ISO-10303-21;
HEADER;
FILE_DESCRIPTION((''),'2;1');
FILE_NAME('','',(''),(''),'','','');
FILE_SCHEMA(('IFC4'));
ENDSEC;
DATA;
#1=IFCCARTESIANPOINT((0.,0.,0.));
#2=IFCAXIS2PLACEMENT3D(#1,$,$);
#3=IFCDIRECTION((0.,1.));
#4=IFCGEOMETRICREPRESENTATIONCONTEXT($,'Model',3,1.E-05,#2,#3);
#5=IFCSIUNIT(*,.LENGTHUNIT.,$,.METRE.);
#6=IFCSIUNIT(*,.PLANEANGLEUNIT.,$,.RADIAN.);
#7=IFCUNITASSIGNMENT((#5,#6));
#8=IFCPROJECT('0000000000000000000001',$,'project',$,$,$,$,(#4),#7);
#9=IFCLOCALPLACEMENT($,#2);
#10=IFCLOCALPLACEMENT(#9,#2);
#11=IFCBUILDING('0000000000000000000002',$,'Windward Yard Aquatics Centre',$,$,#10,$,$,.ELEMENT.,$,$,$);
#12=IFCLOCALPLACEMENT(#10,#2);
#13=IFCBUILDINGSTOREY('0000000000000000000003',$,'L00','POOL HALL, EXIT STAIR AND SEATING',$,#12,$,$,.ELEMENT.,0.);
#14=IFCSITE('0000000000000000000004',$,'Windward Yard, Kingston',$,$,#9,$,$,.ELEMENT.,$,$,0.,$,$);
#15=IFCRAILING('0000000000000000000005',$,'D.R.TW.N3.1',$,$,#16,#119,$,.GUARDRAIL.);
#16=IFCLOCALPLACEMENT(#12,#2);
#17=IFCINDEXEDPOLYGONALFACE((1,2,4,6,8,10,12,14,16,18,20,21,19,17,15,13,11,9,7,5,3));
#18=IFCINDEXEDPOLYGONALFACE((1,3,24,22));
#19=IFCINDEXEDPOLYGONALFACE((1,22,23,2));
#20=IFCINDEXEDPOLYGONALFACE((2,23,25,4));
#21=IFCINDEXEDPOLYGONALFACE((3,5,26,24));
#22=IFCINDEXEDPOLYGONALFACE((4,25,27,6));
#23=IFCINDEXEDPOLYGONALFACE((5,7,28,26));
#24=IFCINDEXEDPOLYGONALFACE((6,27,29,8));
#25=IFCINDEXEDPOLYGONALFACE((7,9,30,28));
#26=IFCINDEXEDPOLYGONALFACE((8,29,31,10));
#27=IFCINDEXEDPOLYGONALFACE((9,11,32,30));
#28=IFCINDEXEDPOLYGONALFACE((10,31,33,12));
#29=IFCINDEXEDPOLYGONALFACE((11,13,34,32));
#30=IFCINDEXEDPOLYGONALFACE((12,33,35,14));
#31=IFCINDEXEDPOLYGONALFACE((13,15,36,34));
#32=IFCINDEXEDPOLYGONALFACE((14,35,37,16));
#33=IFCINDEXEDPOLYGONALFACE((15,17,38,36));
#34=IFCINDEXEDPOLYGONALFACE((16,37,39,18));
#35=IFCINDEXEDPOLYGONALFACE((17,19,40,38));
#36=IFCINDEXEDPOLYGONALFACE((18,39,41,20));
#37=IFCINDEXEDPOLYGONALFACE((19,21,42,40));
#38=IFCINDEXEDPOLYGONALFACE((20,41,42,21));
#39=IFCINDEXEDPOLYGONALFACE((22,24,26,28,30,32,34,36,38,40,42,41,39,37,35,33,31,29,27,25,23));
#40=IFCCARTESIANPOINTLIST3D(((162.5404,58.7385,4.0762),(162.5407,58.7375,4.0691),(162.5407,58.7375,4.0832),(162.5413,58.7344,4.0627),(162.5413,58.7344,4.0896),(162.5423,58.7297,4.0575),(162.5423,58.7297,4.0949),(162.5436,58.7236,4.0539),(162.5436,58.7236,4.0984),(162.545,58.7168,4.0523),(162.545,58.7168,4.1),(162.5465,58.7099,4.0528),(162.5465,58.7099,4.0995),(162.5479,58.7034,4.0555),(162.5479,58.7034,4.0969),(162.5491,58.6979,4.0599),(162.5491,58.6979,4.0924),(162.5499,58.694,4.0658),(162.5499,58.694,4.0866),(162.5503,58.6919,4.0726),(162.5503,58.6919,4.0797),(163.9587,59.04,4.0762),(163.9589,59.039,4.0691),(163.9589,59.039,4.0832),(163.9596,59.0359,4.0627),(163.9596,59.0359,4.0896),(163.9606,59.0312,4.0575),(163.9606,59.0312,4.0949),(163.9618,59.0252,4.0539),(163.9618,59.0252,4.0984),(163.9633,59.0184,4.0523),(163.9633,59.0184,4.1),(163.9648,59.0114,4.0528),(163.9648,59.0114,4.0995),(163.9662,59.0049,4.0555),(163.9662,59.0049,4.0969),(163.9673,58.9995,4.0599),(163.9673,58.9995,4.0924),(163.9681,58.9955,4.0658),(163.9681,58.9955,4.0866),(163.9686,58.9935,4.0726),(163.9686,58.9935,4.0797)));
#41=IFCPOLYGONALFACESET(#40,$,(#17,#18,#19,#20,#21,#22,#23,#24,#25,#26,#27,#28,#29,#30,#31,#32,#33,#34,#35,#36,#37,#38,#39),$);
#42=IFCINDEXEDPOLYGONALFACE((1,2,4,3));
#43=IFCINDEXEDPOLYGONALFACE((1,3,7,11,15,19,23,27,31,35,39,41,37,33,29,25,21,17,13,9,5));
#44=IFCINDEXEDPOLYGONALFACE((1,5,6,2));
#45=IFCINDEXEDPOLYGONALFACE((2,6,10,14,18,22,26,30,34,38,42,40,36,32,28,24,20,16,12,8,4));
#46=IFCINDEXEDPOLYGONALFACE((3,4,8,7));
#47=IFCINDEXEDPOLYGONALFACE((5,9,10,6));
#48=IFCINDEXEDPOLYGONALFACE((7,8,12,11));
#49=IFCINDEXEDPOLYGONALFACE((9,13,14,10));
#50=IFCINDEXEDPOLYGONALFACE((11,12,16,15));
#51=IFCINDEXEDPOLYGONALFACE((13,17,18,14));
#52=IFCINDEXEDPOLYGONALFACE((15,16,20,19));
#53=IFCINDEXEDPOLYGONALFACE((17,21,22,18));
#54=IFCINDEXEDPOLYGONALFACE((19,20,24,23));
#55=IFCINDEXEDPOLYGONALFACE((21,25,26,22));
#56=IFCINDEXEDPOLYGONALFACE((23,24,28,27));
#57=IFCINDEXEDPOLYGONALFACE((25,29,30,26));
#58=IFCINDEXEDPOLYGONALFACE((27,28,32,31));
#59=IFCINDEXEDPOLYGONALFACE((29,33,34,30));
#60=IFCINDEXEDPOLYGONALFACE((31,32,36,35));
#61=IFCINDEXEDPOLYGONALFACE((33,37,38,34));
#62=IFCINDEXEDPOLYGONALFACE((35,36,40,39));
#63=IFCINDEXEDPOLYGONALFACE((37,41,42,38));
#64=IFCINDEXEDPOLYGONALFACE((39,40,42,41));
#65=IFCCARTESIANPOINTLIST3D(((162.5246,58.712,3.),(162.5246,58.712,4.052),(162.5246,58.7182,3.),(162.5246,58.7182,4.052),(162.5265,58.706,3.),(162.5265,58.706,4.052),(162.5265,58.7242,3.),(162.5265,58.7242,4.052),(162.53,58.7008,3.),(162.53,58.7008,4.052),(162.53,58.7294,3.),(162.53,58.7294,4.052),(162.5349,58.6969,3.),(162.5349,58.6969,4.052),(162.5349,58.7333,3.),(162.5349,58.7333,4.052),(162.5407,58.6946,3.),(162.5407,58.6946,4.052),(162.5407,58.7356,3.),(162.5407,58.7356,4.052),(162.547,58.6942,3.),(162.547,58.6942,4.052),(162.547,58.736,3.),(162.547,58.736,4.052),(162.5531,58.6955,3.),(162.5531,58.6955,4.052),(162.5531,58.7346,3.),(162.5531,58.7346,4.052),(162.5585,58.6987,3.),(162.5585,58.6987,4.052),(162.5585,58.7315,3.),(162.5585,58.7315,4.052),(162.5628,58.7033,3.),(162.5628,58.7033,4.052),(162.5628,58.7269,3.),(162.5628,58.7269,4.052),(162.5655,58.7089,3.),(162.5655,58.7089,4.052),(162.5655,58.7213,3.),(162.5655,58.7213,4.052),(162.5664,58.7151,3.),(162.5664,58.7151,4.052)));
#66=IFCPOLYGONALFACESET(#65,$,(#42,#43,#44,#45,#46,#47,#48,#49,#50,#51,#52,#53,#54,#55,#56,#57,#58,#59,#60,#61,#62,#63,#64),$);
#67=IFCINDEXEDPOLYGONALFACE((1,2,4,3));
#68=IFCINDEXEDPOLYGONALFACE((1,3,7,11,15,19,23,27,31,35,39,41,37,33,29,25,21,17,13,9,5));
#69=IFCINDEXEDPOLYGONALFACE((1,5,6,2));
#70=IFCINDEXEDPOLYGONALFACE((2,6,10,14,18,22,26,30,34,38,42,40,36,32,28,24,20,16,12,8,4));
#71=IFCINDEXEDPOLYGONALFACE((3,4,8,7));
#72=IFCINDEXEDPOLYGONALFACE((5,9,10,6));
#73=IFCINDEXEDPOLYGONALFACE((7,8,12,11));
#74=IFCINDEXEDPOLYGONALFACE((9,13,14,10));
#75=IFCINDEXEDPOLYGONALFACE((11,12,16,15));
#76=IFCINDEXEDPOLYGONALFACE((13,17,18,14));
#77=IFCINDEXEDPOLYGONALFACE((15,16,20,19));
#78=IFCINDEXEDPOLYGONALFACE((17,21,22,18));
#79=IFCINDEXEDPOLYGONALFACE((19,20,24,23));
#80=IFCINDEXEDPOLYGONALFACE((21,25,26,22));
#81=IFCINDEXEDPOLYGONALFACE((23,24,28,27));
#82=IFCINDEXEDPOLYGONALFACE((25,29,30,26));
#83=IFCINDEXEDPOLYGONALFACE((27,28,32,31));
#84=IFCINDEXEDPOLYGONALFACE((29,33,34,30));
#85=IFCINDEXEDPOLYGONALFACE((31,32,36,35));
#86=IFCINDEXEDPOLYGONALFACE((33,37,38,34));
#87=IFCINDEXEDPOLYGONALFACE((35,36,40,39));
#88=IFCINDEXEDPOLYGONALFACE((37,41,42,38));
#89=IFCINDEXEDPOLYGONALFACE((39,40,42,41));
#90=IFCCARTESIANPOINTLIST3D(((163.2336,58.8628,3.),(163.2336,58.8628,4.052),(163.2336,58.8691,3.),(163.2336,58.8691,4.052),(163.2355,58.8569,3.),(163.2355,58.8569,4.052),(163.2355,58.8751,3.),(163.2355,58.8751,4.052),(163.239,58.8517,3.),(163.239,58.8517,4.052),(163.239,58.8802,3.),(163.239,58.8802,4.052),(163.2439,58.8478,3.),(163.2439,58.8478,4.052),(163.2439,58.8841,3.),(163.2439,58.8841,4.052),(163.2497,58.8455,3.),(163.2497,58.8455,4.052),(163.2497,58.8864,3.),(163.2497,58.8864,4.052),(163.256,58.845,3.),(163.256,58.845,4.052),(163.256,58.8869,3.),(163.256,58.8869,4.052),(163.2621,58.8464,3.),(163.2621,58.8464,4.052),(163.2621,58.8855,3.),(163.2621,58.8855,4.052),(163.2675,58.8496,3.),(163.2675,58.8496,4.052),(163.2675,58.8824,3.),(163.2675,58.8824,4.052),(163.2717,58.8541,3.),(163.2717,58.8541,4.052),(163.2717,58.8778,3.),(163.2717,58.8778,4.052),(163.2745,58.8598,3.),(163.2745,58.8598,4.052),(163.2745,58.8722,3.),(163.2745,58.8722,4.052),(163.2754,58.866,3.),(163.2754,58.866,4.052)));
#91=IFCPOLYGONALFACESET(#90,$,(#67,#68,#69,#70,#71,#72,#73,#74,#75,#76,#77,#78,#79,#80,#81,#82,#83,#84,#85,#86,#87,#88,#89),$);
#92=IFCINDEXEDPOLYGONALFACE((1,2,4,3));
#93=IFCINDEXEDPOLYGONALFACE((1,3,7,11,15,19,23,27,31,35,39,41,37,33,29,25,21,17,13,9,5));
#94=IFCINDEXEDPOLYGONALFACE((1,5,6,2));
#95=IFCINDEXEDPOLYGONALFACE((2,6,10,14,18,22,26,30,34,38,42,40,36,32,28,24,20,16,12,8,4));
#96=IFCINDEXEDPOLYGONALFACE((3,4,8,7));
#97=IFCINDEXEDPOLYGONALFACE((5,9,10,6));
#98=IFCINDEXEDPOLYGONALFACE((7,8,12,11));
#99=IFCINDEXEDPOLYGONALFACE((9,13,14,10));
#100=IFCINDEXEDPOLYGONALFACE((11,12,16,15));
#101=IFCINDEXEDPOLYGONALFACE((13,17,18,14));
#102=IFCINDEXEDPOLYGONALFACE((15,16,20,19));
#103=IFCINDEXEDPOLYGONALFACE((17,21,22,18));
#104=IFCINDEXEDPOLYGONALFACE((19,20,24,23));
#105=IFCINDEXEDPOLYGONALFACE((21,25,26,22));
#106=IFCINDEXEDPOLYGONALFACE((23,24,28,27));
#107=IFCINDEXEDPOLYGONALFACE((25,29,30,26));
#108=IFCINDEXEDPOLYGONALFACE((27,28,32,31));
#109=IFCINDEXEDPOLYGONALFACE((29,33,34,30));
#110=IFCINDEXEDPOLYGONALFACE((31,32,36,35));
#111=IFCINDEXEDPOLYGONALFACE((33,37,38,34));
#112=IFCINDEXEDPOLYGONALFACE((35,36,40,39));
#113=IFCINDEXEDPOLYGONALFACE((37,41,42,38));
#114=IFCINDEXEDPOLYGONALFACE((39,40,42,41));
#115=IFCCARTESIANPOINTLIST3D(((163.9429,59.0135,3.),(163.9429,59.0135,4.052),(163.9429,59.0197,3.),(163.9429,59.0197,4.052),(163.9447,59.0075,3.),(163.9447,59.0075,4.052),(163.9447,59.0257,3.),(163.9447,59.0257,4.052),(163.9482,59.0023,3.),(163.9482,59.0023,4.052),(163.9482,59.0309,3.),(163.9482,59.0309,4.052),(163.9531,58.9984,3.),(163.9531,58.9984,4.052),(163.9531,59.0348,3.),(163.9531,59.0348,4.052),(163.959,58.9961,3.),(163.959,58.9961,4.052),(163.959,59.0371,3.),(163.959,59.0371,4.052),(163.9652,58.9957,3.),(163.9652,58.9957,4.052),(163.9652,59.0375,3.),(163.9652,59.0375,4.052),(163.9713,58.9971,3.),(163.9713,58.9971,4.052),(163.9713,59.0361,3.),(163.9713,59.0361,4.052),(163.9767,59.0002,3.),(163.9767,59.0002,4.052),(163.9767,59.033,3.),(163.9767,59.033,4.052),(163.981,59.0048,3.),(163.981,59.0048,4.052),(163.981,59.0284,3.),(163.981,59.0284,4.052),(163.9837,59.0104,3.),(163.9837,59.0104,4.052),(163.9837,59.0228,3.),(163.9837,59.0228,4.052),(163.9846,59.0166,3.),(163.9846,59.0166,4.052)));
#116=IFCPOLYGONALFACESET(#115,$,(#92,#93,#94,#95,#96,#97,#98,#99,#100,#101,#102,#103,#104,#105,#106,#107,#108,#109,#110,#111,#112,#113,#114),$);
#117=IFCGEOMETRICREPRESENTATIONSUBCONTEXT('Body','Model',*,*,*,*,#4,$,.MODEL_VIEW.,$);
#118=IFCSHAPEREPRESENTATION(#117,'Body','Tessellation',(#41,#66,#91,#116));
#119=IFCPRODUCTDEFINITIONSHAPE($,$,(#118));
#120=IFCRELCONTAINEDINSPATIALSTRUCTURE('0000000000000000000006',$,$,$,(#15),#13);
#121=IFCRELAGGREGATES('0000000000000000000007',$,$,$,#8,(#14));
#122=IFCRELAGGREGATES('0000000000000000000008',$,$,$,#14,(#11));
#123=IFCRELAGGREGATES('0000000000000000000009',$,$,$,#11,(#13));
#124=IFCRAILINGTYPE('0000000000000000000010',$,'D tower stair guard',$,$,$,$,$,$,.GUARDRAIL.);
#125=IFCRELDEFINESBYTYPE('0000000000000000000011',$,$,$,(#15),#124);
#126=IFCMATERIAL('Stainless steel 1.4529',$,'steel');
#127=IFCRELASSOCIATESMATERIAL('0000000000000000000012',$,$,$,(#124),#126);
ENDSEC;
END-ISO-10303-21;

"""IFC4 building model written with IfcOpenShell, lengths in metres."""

from ifc_helpers import new_model, si_unit, direction, frame, origin, origin_2d, place, context, subcontext, project, spatial, circle, extrude, material, type_object, element, save


model = new_model("IFC4")

# Units and contexts
model_context = context("Model", 3, precision=1e-05, world=origin(), true_north=direction((0.0, 1.0)))
body_context = subcontext(model_context, "Body", "Model", "MODEL_VIEW")
ifc_project = project(units=[si_unit("LENGTHUNIT", "METRE"), si_unit("PLANEANGLEUNIT", "RADIAN")], contexts=[model_context])

# Site, building, storey
site_placement = place(None, origin())
site = spatial("IfcSite", under=ifc_project, at=site_placement, Name="Windward Yard, Kingston", CompositionType="ELEMENT", RefElevation=0.0)
building_placement = place(site_placement, origin())
building = spatial("IfcBuilding", under=site, at=building_placement, Name="Windward Yard Aquatics Centre", CompositionType="ELEMENT")
storey_placement = place(building_placement, origin())
storey = spatial("IfcBuildingStorey", under=building, at=storey_placement, Name="L00", Description="POOL HALL, EXIT STAIR AND SEATING", CompositionType="ELEMENT", Elevation=0.0)

# Shared definitions
ifc_material_1 = material(Name="Stainless steel 1.4529", Category="steel")

# Railing
railing_type = type_object("IfcRailingType", Name="D tower stair guard", PredefinedType="GUARDRAIL", material=ifc_material_1)
railing_1_placement = place(storey_placement, frame((162.5454, 58.7151, 3.0)))
element("IfcRailing", 1, at=railing_1_placement, inside=storey, type_object=railing_type, Name="D.R.TW.N3.1", PredefinedType="GUARDRAIL", context=body_context, shape_type="SweptSolid", body=[
    extrude(circle(Radius=0.0239, at=origin_2d()), frame((0.0, 0.0, 1.0762), z_axis=(0.978139, 0.207953, 0.0), x_axis=(-0.207953, 0.978139, 0.0)), (0.0, 0.0, 1.0), 1.45),
    extrude(circle(Radius=0.021, at=origin_2d()), origin(), (0.0, 0.0, 1.0), 1.052),
    extrude(circle(Radius=0.021, at=origin_2d()), frame((0.709, 0.1509, 0.0)), (0.0, 0.0, 1.0), 1.052),
    extrude(circle(Radius=0.021, at=origin_2d()), frame((1.4182, 0.3015, 0.0)), (0.0, 0.0, 1.0), 1.052),
])

save(model, "model.ifc")
